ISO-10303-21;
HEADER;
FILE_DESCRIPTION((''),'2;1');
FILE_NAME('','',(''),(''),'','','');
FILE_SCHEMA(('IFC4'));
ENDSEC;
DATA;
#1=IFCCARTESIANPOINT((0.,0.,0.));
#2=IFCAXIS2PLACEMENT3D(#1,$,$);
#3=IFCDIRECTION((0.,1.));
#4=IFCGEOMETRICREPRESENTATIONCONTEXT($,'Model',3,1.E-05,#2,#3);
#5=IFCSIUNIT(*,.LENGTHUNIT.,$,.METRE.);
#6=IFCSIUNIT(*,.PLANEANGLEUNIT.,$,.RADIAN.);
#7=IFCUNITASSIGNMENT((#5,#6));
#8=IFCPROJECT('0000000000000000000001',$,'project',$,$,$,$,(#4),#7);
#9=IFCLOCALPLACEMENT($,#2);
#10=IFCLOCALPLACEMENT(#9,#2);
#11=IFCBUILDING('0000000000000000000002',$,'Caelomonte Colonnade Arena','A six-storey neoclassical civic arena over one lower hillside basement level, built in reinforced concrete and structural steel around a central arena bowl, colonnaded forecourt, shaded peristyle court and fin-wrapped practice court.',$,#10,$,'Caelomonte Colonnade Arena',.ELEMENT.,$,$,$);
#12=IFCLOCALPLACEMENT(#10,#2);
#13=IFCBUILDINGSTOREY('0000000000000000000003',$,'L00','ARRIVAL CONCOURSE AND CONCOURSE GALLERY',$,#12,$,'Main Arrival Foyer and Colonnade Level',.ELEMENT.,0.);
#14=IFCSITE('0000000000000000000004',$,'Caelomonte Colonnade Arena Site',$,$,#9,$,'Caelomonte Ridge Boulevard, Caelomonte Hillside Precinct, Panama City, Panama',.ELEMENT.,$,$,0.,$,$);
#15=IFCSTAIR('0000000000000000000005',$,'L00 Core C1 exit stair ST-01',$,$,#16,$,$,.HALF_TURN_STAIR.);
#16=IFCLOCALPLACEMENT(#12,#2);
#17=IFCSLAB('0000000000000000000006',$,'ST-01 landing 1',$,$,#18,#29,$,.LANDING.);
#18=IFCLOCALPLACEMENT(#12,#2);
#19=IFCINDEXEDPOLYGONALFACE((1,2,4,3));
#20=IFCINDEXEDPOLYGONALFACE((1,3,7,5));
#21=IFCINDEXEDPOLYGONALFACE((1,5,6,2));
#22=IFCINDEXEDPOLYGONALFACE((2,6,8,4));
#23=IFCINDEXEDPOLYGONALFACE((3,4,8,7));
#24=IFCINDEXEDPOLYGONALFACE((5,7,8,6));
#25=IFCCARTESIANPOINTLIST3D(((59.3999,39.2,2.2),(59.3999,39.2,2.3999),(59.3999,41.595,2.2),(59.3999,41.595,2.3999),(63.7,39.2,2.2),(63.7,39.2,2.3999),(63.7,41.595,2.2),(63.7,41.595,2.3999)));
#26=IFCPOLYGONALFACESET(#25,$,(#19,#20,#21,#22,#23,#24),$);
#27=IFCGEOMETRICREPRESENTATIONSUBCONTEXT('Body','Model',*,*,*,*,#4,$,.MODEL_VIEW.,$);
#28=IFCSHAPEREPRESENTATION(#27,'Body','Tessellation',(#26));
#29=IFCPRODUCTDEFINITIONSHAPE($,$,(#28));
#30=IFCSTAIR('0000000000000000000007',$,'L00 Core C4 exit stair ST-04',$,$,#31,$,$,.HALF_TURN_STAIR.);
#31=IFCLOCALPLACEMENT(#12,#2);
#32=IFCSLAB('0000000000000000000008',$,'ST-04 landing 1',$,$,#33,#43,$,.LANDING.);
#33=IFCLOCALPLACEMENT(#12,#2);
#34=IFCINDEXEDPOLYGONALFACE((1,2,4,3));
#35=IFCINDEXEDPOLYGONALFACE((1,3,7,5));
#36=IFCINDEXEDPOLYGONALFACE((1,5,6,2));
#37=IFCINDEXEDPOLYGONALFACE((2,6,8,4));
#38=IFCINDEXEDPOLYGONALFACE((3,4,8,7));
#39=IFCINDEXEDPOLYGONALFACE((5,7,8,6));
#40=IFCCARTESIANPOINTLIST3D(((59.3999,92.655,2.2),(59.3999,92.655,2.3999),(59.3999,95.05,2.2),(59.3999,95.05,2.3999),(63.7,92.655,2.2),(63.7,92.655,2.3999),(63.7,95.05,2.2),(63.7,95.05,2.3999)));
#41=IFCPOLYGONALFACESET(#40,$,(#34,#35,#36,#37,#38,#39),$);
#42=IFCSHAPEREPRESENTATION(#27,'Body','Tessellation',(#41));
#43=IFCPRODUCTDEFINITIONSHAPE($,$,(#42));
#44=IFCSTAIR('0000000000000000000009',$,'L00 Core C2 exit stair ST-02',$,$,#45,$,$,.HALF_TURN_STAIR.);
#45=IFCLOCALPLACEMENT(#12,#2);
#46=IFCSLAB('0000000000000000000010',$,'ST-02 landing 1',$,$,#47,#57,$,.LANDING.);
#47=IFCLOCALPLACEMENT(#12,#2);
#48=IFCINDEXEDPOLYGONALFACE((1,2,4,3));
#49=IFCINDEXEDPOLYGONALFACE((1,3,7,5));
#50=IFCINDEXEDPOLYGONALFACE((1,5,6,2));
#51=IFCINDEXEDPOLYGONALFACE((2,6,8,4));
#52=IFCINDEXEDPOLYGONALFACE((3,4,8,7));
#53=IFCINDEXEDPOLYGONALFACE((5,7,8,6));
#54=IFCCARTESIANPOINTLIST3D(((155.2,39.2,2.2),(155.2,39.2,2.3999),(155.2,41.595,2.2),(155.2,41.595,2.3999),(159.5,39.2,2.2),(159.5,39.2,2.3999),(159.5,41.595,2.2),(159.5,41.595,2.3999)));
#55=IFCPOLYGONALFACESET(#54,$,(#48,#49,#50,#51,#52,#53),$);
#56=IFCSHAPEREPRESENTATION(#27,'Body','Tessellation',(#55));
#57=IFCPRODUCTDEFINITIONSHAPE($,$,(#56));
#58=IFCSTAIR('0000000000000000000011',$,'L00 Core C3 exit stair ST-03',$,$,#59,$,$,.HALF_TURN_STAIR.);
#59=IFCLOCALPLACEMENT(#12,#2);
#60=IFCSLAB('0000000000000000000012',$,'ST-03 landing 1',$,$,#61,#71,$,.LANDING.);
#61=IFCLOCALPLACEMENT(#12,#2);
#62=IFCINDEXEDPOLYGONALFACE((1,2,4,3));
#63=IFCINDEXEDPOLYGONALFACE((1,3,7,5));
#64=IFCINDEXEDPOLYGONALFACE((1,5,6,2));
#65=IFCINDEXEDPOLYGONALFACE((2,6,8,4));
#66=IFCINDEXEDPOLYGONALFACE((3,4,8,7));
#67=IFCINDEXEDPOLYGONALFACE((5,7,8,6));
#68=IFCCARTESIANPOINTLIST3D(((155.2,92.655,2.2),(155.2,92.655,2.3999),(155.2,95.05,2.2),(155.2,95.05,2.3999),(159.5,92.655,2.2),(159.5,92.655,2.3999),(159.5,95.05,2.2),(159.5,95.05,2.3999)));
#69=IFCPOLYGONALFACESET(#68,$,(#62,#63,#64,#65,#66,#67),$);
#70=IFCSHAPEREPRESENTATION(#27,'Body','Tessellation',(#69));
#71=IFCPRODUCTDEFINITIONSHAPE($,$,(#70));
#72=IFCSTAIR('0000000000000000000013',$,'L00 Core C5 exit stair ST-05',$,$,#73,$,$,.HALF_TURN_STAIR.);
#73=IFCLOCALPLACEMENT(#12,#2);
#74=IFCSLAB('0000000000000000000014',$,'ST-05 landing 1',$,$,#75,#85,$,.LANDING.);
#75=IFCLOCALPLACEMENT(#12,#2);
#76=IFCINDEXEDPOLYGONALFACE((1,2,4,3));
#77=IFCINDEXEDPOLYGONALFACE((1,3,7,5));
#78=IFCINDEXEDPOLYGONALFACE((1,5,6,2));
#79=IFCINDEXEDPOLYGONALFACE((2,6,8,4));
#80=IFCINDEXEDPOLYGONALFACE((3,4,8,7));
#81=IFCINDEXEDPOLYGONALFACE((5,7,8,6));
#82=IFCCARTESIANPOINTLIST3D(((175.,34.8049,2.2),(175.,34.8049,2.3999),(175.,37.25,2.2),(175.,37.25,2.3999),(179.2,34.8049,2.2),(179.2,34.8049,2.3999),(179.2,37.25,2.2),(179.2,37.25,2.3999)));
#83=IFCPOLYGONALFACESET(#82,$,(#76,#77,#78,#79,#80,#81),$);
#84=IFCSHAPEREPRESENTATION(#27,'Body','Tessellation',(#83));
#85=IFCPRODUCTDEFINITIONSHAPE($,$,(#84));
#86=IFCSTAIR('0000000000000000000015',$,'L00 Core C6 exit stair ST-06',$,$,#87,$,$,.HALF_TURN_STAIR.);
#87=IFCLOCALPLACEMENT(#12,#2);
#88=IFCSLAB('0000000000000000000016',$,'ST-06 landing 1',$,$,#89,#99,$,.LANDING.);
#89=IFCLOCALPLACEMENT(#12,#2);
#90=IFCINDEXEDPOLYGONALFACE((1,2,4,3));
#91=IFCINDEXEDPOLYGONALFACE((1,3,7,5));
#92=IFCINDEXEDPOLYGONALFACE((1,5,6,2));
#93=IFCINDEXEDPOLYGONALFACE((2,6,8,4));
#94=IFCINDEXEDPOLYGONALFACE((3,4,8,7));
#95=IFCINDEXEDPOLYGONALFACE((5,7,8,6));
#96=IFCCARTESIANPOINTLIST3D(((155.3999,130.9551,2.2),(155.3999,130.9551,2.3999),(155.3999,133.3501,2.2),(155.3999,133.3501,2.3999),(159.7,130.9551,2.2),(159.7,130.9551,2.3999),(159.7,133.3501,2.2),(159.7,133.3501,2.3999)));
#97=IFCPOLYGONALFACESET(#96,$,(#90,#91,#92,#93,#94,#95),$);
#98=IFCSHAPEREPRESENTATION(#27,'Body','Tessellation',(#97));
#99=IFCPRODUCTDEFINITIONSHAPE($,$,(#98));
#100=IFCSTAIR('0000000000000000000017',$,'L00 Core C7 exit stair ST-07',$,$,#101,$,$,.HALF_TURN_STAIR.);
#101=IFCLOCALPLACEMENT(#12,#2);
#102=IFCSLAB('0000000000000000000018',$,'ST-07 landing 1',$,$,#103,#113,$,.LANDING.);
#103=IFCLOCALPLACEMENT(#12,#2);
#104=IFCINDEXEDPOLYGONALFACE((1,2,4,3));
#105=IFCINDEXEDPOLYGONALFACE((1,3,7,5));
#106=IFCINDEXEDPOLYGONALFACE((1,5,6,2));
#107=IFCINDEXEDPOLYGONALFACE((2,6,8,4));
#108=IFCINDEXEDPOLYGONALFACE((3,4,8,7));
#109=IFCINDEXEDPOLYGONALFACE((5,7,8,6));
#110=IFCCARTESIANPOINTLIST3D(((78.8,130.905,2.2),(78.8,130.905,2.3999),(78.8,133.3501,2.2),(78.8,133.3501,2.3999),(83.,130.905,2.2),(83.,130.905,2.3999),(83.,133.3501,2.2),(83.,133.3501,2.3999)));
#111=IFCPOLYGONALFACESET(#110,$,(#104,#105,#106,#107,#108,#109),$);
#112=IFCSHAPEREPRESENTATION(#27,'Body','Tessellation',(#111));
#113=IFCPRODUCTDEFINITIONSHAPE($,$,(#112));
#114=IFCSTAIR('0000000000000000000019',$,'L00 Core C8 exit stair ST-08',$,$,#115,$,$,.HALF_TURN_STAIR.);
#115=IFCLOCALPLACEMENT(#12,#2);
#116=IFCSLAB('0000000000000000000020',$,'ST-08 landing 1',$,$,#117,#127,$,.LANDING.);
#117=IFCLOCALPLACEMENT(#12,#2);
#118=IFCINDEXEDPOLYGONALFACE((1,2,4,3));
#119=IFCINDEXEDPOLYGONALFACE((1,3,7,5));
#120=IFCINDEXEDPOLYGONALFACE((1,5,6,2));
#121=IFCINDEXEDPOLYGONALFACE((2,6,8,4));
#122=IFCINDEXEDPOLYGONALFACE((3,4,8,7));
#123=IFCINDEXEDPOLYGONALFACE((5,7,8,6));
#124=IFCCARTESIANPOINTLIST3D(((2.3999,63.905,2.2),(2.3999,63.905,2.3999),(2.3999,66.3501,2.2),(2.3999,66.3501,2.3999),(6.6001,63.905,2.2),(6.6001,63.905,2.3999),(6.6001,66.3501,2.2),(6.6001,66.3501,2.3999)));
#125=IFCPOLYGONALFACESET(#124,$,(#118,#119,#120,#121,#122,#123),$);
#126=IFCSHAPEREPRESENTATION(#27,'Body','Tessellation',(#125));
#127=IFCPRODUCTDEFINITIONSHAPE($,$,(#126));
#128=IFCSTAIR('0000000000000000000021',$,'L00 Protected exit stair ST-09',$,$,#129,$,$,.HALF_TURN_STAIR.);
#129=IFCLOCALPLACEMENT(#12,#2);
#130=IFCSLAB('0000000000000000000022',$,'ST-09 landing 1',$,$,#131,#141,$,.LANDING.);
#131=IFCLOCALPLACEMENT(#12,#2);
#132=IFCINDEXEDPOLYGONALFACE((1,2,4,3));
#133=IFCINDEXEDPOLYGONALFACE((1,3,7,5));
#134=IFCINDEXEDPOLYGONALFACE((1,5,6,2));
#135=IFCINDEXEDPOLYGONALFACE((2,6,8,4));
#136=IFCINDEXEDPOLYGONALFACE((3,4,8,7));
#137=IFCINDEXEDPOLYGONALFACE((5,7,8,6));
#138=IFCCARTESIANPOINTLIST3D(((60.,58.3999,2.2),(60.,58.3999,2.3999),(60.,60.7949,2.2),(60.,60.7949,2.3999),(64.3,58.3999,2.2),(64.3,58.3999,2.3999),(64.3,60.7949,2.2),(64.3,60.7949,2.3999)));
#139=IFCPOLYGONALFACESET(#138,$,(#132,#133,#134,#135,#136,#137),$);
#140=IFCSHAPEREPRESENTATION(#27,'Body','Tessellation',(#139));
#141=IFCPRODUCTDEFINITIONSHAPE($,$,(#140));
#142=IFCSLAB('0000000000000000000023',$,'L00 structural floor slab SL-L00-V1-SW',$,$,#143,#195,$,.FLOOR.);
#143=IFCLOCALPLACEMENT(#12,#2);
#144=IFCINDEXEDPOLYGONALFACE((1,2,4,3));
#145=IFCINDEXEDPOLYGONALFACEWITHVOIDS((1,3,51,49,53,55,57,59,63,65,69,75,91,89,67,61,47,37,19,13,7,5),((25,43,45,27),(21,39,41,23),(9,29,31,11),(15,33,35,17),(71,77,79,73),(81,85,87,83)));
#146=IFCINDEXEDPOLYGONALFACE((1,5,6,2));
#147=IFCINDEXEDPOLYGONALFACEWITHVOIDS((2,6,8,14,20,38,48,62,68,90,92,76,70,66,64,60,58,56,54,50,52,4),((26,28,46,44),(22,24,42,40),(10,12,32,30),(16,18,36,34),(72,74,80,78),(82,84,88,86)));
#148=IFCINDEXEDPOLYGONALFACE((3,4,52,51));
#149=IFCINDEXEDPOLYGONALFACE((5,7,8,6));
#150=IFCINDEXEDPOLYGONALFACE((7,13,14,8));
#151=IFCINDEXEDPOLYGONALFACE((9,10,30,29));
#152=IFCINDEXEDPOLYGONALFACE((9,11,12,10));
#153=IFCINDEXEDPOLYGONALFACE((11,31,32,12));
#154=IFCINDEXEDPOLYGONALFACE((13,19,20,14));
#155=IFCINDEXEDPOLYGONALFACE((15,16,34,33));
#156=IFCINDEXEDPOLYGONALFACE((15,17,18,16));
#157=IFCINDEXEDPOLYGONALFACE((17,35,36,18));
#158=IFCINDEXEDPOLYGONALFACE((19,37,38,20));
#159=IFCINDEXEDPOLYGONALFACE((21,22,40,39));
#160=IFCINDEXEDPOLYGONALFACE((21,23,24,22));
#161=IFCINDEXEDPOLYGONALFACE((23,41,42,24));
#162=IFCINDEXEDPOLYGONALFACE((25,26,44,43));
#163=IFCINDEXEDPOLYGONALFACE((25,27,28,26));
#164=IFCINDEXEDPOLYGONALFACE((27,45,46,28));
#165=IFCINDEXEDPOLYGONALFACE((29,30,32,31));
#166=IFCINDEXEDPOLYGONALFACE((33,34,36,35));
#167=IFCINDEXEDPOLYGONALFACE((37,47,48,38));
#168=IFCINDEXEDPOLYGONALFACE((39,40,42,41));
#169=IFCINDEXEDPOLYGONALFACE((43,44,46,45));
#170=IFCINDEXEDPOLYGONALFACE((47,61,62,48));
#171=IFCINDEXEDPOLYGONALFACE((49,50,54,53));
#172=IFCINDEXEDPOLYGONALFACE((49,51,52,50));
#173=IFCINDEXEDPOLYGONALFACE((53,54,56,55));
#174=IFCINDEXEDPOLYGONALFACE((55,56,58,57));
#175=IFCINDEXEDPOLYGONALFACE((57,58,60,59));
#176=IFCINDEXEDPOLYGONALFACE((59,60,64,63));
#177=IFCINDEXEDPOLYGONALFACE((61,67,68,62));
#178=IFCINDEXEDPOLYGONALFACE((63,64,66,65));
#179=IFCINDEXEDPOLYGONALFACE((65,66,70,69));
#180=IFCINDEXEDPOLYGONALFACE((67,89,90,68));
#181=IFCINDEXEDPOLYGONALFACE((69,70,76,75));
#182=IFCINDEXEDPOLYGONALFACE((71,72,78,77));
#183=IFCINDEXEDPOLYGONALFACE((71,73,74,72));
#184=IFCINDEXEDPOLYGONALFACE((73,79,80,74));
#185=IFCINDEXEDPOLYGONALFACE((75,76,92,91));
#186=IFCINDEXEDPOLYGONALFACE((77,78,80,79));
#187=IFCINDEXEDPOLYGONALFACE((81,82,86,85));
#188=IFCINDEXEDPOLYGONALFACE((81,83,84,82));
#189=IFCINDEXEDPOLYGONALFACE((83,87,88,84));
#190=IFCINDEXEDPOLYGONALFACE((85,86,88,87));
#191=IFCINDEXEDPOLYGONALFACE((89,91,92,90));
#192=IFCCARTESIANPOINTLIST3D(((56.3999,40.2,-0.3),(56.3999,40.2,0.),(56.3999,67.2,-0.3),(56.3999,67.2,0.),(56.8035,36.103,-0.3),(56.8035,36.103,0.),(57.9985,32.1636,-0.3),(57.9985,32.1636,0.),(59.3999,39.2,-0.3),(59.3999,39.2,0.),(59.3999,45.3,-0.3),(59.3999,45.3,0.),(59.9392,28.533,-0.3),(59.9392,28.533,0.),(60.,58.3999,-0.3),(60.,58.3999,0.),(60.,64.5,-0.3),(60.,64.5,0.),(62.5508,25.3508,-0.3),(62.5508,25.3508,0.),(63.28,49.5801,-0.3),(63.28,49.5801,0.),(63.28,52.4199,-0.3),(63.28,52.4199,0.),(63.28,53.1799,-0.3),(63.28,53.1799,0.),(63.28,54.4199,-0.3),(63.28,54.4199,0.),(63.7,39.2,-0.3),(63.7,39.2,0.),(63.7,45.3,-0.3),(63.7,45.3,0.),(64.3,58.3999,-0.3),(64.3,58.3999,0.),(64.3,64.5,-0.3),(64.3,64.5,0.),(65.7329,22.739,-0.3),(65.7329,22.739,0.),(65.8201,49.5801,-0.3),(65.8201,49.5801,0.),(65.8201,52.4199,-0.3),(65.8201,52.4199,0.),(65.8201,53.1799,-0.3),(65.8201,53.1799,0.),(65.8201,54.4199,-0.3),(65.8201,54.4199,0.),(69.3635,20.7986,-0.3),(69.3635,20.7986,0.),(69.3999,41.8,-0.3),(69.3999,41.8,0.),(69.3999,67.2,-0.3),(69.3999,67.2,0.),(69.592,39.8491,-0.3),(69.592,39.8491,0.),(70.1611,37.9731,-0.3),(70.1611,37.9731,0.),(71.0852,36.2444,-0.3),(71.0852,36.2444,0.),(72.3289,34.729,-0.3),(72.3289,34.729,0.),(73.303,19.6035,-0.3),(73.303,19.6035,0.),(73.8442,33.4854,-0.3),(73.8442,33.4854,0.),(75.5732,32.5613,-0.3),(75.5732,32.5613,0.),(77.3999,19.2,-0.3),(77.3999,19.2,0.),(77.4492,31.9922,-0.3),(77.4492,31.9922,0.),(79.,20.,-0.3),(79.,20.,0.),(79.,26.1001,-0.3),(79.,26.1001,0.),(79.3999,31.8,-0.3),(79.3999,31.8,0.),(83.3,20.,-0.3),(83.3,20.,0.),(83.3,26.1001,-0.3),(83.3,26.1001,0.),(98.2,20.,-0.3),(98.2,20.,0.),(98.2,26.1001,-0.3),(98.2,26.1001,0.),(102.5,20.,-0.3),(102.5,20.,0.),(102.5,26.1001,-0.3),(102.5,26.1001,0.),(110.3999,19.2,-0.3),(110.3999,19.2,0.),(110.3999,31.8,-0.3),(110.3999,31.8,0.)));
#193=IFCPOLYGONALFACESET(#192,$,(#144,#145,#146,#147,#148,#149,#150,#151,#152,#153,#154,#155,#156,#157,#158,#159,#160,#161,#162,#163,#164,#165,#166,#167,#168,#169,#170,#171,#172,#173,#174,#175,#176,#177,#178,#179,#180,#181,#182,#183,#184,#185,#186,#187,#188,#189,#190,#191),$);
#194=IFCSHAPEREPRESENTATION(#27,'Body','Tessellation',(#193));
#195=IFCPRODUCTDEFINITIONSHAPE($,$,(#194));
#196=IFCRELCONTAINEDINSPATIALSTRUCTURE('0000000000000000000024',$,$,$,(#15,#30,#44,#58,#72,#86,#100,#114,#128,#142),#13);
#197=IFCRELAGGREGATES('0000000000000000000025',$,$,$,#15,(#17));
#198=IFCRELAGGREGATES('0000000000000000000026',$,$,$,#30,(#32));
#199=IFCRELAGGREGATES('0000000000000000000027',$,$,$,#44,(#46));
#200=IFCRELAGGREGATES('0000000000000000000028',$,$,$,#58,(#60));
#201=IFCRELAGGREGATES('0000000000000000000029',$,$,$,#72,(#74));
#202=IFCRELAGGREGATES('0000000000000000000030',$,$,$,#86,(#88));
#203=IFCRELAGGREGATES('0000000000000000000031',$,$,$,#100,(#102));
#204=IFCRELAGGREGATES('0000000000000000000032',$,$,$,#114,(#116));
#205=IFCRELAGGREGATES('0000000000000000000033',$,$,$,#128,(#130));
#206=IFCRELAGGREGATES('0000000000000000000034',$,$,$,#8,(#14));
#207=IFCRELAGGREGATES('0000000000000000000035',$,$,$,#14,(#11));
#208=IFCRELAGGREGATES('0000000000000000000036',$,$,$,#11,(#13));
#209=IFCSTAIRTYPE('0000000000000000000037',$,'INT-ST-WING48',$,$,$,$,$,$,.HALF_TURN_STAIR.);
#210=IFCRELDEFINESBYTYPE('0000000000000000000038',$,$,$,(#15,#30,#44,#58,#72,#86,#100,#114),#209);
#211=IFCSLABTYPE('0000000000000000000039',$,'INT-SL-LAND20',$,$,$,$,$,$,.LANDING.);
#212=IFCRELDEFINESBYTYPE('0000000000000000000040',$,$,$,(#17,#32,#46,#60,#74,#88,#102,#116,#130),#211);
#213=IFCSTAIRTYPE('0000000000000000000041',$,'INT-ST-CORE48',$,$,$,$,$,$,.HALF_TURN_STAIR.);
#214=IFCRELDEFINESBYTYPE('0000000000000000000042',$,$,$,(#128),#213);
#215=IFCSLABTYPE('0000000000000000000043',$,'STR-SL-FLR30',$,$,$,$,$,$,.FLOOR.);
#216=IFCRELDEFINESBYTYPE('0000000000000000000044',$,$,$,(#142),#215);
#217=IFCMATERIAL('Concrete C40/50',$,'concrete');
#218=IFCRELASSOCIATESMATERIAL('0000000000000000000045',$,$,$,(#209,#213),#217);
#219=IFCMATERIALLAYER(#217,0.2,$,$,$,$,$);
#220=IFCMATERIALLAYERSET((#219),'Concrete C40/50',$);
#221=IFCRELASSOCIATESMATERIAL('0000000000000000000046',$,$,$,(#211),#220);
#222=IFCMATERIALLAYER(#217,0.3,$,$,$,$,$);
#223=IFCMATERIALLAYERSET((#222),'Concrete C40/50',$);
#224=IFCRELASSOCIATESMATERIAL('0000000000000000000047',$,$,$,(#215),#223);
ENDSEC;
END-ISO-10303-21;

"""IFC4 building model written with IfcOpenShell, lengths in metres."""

from ifc_helpers import new_model, si_unit, direction, frame, origin, place, context, subcontext, project, spatial, polyline, outline, extrude, material, layer, layer_set, type_object, element, aggregate, save


model = new_model("IFC4")

# Units and contexts
model_context = context("Model", 3, precision=1e-05, world=origin(), true_north=direction((0.0, 1.0)))
body_context = subcontext(model_context, "Body", "Model", "MODEL_VIEW")
ifc_project = project(units=[si_unit("LENGTHUNIT", "METRE"), si_unit("PLANEANGLEUNIT", "RADIAN")], contexts=[model_context])

# Site, building, storey
site_placement = place(None, origin())
site = spatial("IfcSite", under=ifc_project, at=site_placement, Name="Caelomonte Colonnade Arena Site", LongName="Caelomonte Ridge Boulevard, Caelomonte Hillside Precinct, Panama City, Panama", CompositionType="ELEMENT", RefElevation=0.0)
building_placement = place(site_placement, origin())
building = spatial("IfcBuilding", under=site, at=building_placement, Name="Caelomonte Colonnade Arena", Description="A six-storey neoclassical civic arena over one lower hillside basement level, built in reinforced concrete and structural steel around a central arena bowl, colonnaded forecourt, shaded peristyle court and fin-wrapped practice court.", LongName="Caelomonte Colonnade Arena", CompositionType="ELEMENT")
storey_placement = place(building_placement, origin())
storey = spatial("IfcBuildingStorey", under=building, at=storey_placement, Name="L00", Description="ARRIVAL CONCOURSE AND CONCOURSE GALLERY", LongName="Main Arrival Foyer and Colonnade Level", CompositionType="ELEMENT", Elevation=0.0)

# Stairs, slabs
ifc_material_1 = material(Name="Concrete C40/50", Category="concrete")
stair_type_1 = type_object("IfcStairType", Name="INT-ST-WING48", PredefinedType="HALF_TURN_STAIR", material=ifc_material_1)
stair_1_placement = place(storey_placement, origin())
stair_1 = element("IfcStair", 1, at=stair_1_placement, inside=storey, type_object=stair_type_1, Name="L00 Core C1 exit stair ST-01", PredefinedType="HALF_TURN_STAIR")
ifc_layer_1 = layer(ifc_material_1, 0.2)
ifc_layer_set_1 = layer_set([ifc_layer_1], Name="Concrete C40/50")
slab_type_1 = type_object("IfcSlabType", Name="INT-SL-LAND20", PredefinedType="LANDING", material=ifc_layer_set_1)
slab_1_placement = place(storey_placement, frame((0.0, 0.0, 2.2)))
slab_1 = element("IfcSlab", 2, at=slab_1_placement, type_object=slab_type_1, Name="ST-01 landing 1", PredefinedType="LANDING", context=body_context, shape_type="SweptSolid", body=[
    extrude(outline(polyline([(59.3999, 41.595), (59.3999, 39.2), (63.7, 39.2), (63.7, 41.595), (59.3999, 41.595)])), origin(), (0.0, 0.0, 1.0), 0.2),
])
aggregate(stair_1, [slab_1])
stair_2_placement = place(storey_placement, origin())
stair_2 = element("IfcStair", 3, at=stair_2_placement, inside=storey, type_object=stair_type_1, Name="L00 Core C4 exit stair ST-04", PredefinedType="HALF_TURN_STAIR")
slab_2_placement = place(storey_placement, frame((0.0, 0.0, 2.2)))
slab_2 = element("IfcSlab", 4, at=slab_2_placement, type_object=slab_type_1, Name="ST-04 landing 1", PredefinedType="LANDING", context=body_context, shape_type="SweptSolid", body=[
    extrude(outline(polyline([(63.7, 92.655), (63.7, 95.05), (59.3999, 95.05), (59.3999, 92.655), (63.7, 92.655)])), origin(), (0.0, 0.0, 1.0), 0.2),
])
aggregate(stair_2, [slab_2])
stair_3_placement = place(storey_placement, origin())
stair_3 = element("IfcStair", 5, at=stair_3_placement, inside=storey, type_object=stair_type_1, Name="L00 Core C2 exit stair ST-02", PredefinedType="HALF_TURN_STAIR")
slab_3_placement = place(storey_placement, frame((0.0, 0.0, 2.2)))
slab_3 = element("IfcSlab", 6, at=slab_3_placement, type_object=slab_type_1, Name="ST-02 landing 1", PredefinedType="LANDING", context=body_context, shape_type="SweptSolid", body=[
    extrude(outline(polyline([(155.2, 41.595), (155.2, 39.2), (159.5, 39.2), (159.5, 41.595), (155.2, 41.595)])), origin(), (0.0, 0.0, 1.0), 0.2),
])
aggregate(stair_3, [slab_3])
stair_4_placement = place(storey_placement, origin())
stair_4 = element("IfcStair", 7, at=stair_4_placement, inside=storey, type_object=stair_type_1, Name="L00 Core C3 exit stair ST-03", PredefinedType="HALF_TURN_STAIR")
slab_4_placement = place(storey_placement, frame((0.0, 0.0, 2.2)))
slab_4 = element("IfcSlab", 8, at=slab_4_placement, type_object=slab_type_1, Name="ST-03 landing 1", PredefinedType="LANDING", context=body_context, shape_type="SweptSolid", body=[
    extrude(outline(polyline([(159.5, 92.655), (159.5, 95.05), (155.2, 95.05), (155.2, 92.655), (159.5, 92.655)])), origin(), (0.0, 0.0, 1.0), 0.2),
])
aggregate(stair_4, [slab_4])
stair_5_placement = place(storey_placement, origin())
stair_5 = element("IfcStair", 9, at=stair_5_placement, inside=storey, type_object=stair_type_1, Name="L00 Core C5 exit stair ST-05", PredefinedType="HALF_TURN_STAIR")
slab_5_placement = place(storey_placement, frame((0.0, 0.0, 2.2)))
slab_5 = element("IfcSlab", 10, at=slab_5_placement, type_object=slab_type_1, Name="ST-05 landing 1", PredefinedType="LANDING", context=body_context, shape_type="SweptSolid", body=[
    extrude(outline(polyline([(179.2, 34.8049), (179.2, 37.25), (175.0, 37.25), (175.0, 34.8049), (179.2, 34.8049)])), origin(), (0.0, 0.0, 1.0), 0.2),
])
aggregate(stair_5, [slab_5])
stair_6_placement = place(storey_placement, origin())
stair_6 = element("IfcStair", 11, at=stair_6_placement, inside=storey, type_object=stair_type_1, Name="L00 Core C6 exit stair ST-06", PredefinedType="HALF_TURN_STAIR")
slab_6_placement = place(storey_placement, frame((0.0, 0.0, 2.2)))
slab_6 = element("IfcSlab", 12, at=slab_6_placement, type_object=slab_type_1, Name="ST-06 landing 1", PredefinedType="LANDING", context=body_context, shape_type="SweptSolid", body=[
    extrude(outline(polyline([(159.7, 130.9551), (159.7, 133.3501), (155.3999, 133.3501), (155.3999, 130.9551), (159.7, 130.9551)])), origin(), (0.0, 0.0, 1.0), 0.2),
])
aggregate(stair_6, [slab_6])
stair_7_placement = place(storey_placement, origin())
stair_7 = element("IfcStair", 13, at=stair_7_placement, inside=storey, type_object=stair_type_1, Name="L00 Core C7 exit stair ST-07", PredefinedType="HALF_TURN_STAIR")
slab_7_placement = place(storey_placement, frame((0.0, 0.0, 2.2)))
slab_7 = element("IfcSlab", 14, at=slab_7_placement, type_object=slab_type_1, Name="ST-07 landing 1", PredefinedType="LANDING", context=body_context, shape_type="SweptSolid", body=[
    extrude(outline(polyline([(83.0, 130.905), (83.0, 133.3501), (78.8, 133.3501), (78.8, 130.905), (83.0, 130.905)])), origin(), (0.0, 0.0, 1.0), 0.2),
])
aggregate(stair_7, [slab_7])
stair_8_placement = place(storey_placement, origin())
stair_8 = element("IfcStair", 15, at=stair_8_placement, inside=storey, type_object=stair_type_1, Name="L00 Core C8 exit stair ST-08", PredefinedType="HALF_TURN_STAIR")
slab_8_placement = place(storey_placement, frame((0.0, 0.0, 2.2)))
slab_8 = element("IfcSlab", 16, at=slab_8_placement, type_object=slab_type_1, Name="ST-08 landing 1", PredefinedType="LANDING", context=body_context, shape_type="SweptSolid", body=[
    extrude(outline(polyline([(6.6001, 63.905), (6.6001, 66.3501), (2.3999, 66.3501), (2.3999, 63.905), (6.6001, 63.905)])), origin(), (0.0, 0.0, 1.0), 0.2),
])
aggregate(stair_8, [slab_8])
stair_type_2 = type_object("IfcStairType", Name="INT-ST-CORE48", PredefinedType="HALF_TURN_STAIR", material=ifc_material_1)
stair_9_placement = place(storey_placement, origin())
stair_9 = element("IfcStair", 17, at=stair_9_placement, inside=storey, type_object=stair_type_2, Name="L00 Protected exit stair ST-09", PredefinedType="HALF_TURN_STAIR")
slab_9_placement = place(storey_placement, frame((0.0, 0.0, 2.2)))
slab_9 = element("IfcSlab", 18, at=slab_9_placement, type_object=slab_type_1, Name="ST-09 landing 1", PredefinedType="LANDING", context=body_context, shape_type="SweptSolid", body=[
    extrude(outline(polyline([(60.0, 60.7949), (60.0, 58.3999), (64.3, 58.3999), (64.3, 60.7949), (60.0, 60.7949)])), origin(), (0.0, 0.0, 1.0), 0.2),
])
aggregate(stair_9, [slab_9])

# Slab
ifc_layer_2 = layer(ifc_material_1, 0.3)
ifc_layer_set_2 = layer_set([ifc_layer_2], Name="Concrete C40/50")
slab_type_2 = type_object("IfcSlabType", Name="STR-SL-FLR30", PredefinedType="FLOOR", material=ifc_layer_set_2)
slab_10_placement = place(storey_placement, frame((0.0, 0.0, -0.3)))
element("IfcSlab", 19, at=slab_10_placement, inside=storey, type_object=slab_type_2, Name="L00 structural floor slab SL-L00-V1-SW", PredefinedType="FLOOR", context=body_context, shape_type="SweptSolid", body=[
    extrude(outline(polyline([(73.303, 19.6035), (77.3999, 19.2), (110.3999, 19.2), (110.3999, 31.8), (79.3999, 31.8), (77.4492, 31.9922), (75.5732, 32.5613), (73.8442, 33.4854), (72.3289, 34.729), (71.0852, 36.2444), (70.1611, 37.9731), (69.592, 39.8491), (69.3999, 41.8), (69.3999, 67.2), (56.3999, 67.2), (56.3999, 40.2), (56.8035, 36.103), (57.9985, 32.1636), (59.9392, 28.533), (62.5508, 25.3508), (65.7329, 22.739), (69.3635, 20.7986), (73.303, 19.6035)]), holes=[polyline([(83.3, 26.1001), (83.3, 20.0), (79.0, 20.0), (79.0, 26.1001), (83.3, 26.1001)]), polyline([(63.7, 45.3), (63.7, 39.2), (59.3999, 39.2), (59.3999, 45.3), (63.7, 45.3)]), polyline([(63.28, 49.5801), (63.28, 52.4199), (65.8201, 52.4199), (65.8201, 49.5801), (63.28, 49.5801)]), polyline([(63.28, 53.1799), (63.28, 54.4199), (65.8201, 54.4199), (65.8201, 53.1799), (63.28, 53.1799)]), polyline([(64.3, 58.3999), (60.0, 58.3999), (60.0, 64.5), (64.3, 64.5), (64.3, 58.3999)]), polyline([(102.5, 26.1001), (102.5, 20.0), (98.2, 20.0), (98.2, 26.1001), (102.5, 26.1001)])]), origin(), (0.0, 0.0, 1.0), 0.3),
])

save(model, "model.ifc")
